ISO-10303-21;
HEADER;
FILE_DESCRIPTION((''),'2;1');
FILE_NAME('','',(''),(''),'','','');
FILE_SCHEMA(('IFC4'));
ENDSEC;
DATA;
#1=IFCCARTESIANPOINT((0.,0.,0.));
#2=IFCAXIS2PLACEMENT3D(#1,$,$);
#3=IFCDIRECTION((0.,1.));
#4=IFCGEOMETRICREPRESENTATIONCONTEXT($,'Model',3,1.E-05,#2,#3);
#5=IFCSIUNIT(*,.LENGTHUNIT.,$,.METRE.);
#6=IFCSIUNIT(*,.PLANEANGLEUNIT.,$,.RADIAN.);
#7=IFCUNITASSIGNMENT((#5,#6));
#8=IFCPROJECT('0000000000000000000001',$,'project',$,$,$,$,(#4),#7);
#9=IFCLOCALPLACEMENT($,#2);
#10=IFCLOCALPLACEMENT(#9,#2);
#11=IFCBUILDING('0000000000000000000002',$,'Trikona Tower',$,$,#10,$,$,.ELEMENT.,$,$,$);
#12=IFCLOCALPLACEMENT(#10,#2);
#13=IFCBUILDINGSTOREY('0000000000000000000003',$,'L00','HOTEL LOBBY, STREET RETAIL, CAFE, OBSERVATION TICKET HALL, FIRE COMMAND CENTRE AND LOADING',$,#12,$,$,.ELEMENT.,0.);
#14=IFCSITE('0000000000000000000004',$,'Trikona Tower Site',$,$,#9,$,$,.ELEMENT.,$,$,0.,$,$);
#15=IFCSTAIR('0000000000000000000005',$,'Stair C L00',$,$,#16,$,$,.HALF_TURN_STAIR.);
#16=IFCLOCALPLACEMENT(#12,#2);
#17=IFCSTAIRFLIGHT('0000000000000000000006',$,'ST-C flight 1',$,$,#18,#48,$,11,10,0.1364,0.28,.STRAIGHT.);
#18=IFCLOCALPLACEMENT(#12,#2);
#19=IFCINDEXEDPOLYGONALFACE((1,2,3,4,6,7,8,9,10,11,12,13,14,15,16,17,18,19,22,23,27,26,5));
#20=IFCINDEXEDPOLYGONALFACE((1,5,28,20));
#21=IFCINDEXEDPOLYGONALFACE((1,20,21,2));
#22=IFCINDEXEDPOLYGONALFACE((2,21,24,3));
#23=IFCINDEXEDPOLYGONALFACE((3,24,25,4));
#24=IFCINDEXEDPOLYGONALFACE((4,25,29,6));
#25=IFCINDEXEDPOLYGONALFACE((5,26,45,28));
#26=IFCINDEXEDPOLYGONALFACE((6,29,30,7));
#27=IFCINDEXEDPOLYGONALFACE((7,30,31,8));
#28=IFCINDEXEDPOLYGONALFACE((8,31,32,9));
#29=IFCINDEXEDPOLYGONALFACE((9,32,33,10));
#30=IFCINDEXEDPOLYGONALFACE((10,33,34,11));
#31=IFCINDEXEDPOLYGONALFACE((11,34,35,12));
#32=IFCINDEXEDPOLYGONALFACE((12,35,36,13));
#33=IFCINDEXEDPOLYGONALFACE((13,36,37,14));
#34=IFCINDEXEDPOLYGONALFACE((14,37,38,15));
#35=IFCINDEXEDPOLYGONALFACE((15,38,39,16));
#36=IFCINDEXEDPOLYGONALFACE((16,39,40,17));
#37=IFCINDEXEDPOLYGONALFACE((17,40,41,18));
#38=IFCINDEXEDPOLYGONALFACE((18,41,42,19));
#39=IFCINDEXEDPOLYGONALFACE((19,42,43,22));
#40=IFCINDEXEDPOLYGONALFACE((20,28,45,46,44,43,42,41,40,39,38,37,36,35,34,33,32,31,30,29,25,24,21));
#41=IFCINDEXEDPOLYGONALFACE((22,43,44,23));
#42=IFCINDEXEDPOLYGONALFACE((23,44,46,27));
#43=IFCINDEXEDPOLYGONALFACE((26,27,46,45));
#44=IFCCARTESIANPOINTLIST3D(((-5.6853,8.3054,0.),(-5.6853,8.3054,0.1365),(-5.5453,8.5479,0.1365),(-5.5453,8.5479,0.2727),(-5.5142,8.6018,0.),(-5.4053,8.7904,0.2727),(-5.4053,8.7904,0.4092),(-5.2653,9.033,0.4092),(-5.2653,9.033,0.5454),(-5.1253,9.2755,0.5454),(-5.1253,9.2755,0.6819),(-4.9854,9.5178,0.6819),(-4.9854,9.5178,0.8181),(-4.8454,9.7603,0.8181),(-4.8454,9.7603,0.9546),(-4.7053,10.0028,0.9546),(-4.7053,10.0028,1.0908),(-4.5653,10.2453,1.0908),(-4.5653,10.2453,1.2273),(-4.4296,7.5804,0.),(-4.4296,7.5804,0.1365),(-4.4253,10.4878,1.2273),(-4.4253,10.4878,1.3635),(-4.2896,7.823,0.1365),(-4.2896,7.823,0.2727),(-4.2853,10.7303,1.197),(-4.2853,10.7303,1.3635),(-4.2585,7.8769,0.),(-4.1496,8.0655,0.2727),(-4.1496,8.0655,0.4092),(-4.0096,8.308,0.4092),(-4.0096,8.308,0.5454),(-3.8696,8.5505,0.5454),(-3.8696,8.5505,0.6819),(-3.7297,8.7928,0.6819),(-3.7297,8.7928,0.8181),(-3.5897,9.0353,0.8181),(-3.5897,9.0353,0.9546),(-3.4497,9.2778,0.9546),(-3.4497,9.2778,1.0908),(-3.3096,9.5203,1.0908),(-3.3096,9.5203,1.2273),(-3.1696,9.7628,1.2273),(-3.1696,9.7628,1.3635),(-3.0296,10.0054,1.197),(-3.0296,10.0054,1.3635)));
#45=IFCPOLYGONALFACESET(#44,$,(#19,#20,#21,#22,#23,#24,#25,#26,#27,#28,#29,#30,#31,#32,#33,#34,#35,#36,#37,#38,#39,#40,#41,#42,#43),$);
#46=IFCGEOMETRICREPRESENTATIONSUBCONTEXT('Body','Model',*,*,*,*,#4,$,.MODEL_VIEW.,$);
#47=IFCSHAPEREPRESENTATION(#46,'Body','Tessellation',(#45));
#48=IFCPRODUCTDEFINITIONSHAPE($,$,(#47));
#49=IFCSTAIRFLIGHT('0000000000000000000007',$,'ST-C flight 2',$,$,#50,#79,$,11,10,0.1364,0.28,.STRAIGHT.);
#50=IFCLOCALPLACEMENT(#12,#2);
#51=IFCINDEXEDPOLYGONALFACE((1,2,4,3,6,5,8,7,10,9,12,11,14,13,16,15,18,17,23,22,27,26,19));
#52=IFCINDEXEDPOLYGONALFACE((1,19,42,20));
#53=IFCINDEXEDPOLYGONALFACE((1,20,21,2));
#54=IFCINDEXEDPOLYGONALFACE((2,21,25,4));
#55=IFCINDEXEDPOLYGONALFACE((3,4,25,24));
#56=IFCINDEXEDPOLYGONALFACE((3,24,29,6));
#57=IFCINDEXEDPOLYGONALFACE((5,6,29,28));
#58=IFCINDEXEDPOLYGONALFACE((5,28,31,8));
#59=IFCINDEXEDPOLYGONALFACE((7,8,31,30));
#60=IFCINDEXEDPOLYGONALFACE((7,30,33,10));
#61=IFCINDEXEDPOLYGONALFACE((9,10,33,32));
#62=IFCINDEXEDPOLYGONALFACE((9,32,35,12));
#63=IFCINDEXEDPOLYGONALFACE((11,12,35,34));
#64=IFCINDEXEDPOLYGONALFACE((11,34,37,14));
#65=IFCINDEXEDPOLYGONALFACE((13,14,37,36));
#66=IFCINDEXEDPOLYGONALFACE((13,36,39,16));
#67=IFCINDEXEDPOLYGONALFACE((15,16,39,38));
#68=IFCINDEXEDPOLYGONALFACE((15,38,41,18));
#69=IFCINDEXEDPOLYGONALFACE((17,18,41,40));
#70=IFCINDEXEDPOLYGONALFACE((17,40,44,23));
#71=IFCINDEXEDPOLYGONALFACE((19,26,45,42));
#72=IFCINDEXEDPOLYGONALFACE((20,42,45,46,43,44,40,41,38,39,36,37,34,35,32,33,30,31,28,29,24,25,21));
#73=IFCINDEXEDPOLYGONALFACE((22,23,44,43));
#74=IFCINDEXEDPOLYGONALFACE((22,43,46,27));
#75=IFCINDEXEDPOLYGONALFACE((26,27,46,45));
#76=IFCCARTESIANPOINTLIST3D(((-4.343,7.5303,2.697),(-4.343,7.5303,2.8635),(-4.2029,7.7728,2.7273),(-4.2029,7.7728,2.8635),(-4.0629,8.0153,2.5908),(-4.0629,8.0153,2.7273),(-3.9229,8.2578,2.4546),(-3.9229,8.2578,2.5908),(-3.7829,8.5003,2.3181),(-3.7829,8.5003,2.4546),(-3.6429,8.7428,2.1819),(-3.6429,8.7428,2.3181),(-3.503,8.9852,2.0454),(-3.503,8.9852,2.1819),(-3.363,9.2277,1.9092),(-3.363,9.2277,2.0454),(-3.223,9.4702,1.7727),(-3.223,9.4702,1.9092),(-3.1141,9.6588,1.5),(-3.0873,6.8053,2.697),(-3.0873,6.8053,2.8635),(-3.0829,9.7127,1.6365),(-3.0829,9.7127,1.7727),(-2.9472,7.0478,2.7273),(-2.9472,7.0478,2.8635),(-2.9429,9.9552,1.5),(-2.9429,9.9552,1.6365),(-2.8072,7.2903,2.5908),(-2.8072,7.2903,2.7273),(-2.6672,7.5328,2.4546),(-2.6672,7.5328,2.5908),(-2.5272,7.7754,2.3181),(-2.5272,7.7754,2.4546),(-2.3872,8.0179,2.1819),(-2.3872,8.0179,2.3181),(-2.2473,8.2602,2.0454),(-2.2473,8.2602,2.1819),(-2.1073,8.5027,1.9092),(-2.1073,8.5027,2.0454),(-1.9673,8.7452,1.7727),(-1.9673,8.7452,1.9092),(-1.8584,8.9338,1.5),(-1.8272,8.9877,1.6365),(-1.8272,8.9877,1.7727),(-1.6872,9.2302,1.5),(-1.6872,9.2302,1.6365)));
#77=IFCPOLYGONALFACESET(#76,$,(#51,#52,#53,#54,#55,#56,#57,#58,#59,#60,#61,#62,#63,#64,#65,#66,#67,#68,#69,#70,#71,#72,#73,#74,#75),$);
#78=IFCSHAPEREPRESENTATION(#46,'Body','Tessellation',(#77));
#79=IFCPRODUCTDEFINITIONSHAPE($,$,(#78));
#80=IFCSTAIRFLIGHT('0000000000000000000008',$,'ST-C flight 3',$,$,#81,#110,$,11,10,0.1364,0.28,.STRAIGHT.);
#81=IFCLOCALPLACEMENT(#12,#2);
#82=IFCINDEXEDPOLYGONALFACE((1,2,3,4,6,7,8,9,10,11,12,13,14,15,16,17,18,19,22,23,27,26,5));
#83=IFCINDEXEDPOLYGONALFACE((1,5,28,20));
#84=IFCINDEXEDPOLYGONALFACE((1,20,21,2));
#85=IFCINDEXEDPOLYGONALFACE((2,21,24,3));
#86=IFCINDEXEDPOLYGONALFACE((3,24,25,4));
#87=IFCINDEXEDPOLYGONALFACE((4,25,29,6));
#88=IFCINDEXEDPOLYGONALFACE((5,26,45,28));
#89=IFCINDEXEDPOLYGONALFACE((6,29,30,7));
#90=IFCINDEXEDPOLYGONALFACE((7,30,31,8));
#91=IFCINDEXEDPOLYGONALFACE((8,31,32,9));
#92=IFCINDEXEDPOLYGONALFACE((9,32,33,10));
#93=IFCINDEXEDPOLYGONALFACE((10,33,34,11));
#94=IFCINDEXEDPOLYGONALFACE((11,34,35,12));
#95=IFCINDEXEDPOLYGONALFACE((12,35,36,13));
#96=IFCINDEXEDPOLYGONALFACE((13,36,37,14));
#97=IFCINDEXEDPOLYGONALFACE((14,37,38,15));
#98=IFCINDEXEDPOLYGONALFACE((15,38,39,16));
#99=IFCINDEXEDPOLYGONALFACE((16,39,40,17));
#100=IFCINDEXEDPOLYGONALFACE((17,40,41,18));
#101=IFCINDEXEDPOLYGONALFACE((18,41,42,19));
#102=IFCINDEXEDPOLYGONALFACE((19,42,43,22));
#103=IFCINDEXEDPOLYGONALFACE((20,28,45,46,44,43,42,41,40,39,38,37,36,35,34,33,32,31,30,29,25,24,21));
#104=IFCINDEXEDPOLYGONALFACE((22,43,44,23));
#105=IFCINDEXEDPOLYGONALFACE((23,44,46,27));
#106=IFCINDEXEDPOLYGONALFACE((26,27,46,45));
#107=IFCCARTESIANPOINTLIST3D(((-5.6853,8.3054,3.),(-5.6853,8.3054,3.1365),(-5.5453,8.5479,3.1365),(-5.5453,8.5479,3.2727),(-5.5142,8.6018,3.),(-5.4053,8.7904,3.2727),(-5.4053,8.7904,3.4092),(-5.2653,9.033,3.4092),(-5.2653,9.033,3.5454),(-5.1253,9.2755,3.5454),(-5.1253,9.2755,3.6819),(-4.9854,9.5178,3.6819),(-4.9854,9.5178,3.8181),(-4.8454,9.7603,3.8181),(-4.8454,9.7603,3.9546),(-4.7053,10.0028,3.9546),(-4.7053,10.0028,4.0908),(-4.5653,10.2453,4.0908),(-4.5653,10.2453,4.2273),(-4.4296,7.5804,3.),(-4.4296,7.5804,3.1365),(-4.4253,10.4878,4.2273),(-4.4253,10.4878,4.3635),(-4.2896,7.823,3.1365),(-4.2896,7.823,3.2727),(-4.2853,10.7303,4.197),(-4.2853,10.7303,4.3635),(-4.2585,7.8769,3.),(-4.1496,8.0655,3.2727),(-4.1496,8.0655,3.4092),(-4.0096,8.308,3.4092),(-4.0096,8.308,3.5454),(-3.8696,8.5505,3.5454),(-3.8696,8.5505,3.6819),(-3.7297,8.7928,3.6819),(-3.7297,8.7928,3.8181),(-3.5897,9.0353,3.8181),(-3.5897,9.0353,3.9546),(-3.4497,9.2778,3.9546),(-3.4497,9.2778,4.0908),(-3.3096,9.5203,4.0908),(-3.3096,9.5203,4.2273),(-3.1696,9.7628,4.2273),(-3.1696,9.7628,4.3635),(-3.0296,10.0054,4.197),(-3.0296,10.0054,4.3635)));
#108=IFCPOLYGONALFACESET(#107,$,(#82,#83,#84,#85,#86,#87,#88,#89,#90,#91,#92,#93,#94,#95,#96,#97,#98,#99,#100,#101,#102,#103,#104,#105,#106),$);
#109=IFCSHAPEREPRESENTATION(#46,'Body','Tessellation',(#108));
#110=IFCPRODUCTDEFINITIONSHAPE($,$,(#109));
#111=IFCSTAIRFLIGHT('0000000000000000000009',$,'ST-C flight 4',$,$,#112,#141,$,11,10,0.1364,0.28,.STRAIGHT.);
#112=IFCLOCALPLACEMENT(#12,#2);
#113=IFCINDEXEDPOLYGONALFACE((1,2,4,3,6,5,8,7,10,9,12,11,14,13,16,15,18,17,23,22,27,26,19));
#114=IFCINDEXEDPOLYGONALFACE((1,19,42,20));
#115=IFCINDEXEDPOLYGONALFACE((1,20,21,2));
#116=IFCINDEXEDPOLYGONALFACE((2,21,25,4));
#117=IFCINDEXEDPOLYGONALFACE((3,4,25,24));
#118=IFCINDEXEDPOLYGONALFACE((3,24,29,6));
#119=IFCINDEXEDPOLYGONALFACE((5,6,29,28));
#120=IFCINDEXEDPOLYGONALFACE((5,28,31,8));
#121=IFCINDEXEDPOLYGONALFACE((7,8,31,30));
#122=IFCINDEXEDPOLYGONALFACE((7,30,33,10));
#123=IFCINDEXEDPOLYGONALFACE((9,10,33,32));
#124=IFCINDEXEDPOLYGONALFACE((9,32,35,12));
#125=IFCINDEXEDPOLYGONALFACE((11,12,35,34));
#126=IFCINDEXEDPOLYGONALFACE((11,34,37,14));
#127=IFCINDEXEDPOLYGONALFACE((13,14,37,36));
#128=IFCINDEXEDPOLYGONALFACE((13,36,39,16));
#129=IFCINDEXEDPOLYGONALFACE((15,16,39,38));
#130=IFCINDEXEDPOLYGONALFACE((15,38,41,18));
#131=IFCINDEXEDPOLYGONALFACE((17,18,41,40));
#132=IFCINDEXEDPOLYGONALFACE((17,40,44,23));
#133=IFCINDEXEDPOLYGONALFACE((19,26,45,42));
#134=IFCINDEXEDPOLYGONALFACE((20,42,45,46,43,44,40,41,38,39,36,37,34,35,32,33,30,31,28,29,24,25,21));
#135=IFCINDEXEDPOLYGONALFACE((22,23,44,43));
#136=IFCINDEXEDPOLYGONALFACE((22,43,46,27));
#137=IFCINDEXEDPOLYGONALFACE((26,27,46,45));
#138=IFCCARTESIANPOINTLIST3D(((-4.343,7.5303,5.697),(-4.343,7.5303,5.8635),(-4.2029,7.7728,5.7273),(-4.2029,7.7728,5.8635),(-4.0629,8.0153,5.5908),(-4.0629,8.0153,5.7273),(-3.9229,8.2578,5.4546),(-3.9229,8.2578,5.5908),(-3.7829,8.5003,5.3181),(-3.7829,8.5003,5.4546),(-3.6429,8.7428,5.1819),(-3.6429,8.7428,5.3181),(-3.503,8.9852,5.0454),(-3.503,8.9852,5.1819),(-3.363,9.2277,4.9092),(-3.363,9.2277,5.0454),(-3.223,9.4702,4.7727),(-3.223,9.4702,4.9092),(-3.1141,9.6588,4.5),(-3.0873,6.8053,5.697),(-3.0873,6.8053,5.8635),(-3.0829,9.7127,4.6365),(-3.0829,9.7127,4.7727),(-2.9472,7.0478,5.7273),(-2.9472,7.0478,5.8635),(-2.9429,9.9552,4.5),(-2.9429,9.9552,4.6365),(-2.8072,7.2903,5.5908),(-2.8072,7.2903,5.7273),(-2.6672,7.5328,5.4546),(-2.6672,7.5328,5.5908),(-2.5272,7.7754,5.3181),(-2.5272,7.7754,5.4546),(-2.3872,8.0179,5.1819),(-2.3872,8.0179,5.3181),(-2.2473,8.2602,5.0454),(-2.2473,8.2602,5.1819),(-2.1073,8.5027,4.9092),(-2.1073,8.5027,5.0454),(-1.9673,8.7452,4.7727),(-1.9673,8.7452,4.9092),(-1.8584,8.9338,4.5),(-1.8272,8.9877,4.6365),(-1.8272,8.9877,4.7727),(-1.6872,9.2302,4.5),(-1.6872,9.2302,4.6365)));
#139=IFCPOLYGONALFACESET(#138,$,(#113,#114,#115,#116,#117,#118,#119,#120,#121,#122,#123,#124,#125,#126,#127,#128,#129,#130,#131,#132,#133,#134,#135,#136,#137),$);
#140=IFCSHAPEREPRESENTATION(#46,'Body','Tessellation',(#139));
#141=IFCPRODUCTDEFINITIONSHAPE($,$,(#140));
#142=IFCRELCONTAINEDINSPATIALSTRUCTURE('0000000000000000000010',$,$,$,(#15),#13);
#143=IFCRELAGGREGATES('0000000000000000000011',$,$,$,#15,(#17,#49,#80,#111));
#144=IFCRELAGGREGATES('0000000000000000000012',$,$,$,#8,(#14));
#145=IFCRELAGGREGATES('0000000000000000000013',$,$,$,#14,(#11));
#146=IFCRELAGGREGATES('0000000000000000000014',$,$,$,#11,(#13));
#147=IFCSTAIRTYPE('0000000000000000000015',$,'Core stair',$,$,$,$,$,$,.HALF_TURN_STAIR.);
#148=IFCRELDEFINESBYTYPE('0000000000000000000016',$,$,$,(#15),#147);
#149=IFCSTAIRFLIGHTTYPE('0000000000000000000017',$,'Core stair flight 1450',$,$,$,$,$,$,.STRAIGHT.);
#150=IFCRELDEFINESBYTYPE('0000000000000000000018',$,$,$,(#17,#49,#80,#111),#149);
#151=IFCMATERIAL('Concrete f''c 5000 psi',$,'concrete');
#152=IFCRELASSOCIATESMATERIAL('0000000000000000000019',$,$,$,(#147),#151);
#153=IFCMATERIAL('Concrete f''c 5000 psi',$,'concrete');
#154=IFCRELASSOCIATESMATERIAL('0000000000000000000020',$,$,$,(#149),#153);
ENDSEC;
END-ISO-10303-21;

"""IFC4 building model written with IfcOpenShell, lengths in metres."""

from ifc_helpers import new_model, si_unit, direction, frame, origin, place, context, subcontext, project, spatial, polyline, outline, extrude, material, type_object, element, aggregate, save


model = new_model("IFC4")

# Units and contexts
model_context = context("Model", 3, precision=1e-05, world=origin(), true_north=direction((0.0, 1.0)))
body_context = subcontext(model_context, "Body", "Model", "MODEL_VIEW")
ifc_project = project(units=[si_unit("LENGTHUNIT", "METRE"), si_unit("PLANEANGLEUNIT", "RADIAN")], contexts=[model_context])

# Site, building, storey
site_placement = place(None, origin())
site = spatial("IfcSite", under=ifc_project, at=site_placement, Name="Trikona Tower Site", CompositionType="ELEMENT", RefElevation=0.0)
building_placement = place(site_placement, origin())
building = spatial("IfcBuilding", under=site, at=building_placement, Name="Trikona Tower", CompositionType="ELEMENT")
storey_placement = place(building_placement, origin())
storey = spatial("IfcBuildingStorey", under=building, at=storey_placement, Name="L00", Description="HOTEL LOBBY, STREET RETAIL, CAFE, OBSERVATION TICKET HALL, FIRE COMMAND CENTRE AND LOADING", CompositionType="ELEMENT", Elevation=0.0)

# Stair, stair flights
ifc_material_1 = material(Name="Concrete f'c 5000 psi", Category="concrete")
stair_type = type_object("IfcStairType", Name="Core stair", PredefinedType="HALF_TURN_STAIR", material=ifc_material_1)
stair_placement = place(storey_placement, origin())
stair = element("IfcStair", 1, at=stair_placement, inside=storey, type_object=stair_type, Name="Stair C L00", PredefinedType="HALF_TURN_STAIR")
ifc_material_2 = material(Name="Concrete f'c 5000 psi", Category="concrete")
stair_flight_type = type_object("IfcStairFlightType", Name="Core stair flight 1450", PredefinedType="STRAIGHT", material=ifc_material_2)
stair_flight_1_placement = place(storey_placement, frame((-5.0574, 7.9429, 0.0), z_axis=(0.0, 0.0, 1.0), x_axis=(0.5, 0.866025, 0.0)))
stair_flight_1 = element("IfcStairFlight", 2, at=stair_flight_1_placement, type_object=stair_flight_type, Name="ST-C flight 1", NumberOfRisers=11, NumberOfTreads=10, PredefinedType="STRAIGHT", RiserHeight=0.1364, TreadLength=0.28, context=body_context, shape_type="SweptSolid", body=[
    extrude(outline(polyline([(0.0, 0.0), (0.0, 0.1365), (0.28, 0.1365), (0.28, 0.2727), (0.5601, 0.2727), (0.5601, 0.4092), (0.8401, 0.4092), (0.8401, 0.5454), (1.1201, 0.5454), (1.1201, 0.6819), (1.3999, 0.6819), (1.3999, 0.8181), (1.6799, 0.8181), (1.6799, 0.9546), (1.96, 0.9546), (1.96, 1.0908), (2.24, 1.0908), (2.24, 1.2273), (2.52, 1.2273), (2.52, 1.3635), (2.8, 1.3635), (2.8, 1.5), (2.8, 1.197), (0.3423, 0.0), (0.0, 0.0)])), frame((0.0, 0.7251, 0.0), z_axis=(0.0, -1.0, 0.0), x_axis=(1.0, 0.0, 0.0)), (0.0, 0.0, 1.0), 1.45),
])
stair_flight_2_placement = place(storey_placement, frame((-2.3152, 9.5928, 1.5), z_axis=(0.0, 0.0, 1.0), x_axis=(-0.5, -0.866025, 0.0)))
stair_flight_2 = element("IfcStairFlight", 3, at=stair_flight_2_placement, type_object=stair_flight_type, Name="ST-C flight 2", NumberOfRisers=11, NumberOfTreads=10, PredefinedType="STRAIGHT", RiserHeight=0.1364, TreadLength=0.28, context=body_context, shape_type="SweptSolid", body=[
    extrude(outline(polyline([(0.0, 0.0), (0.0, 0.1365), (0.28, 0.1365), (0.28, 0.2727), (0.5601, 0.2727), (0.5601, 0.4092), (0.8401, 0.4092), (0.8401, 0.5454), (1.1201, 0.5454), (1.1201, 0.6819), (1.3999, 0.6819), (1.3999, 0.8181), (1.6799, 0.8181), (1.6799, 0.9546), (1.96, 0.9546), (1.96, 1.0908), (2.24, 1.0908), (2.24, 1.2273), (2.52, 1.2273), (2.52, 1.3635), (2.8, 1.3635), (2.8, 1.5), (2.8, 1.197), (0.3423, 0.0), (0.0, 0.0)])), frame((0.0, 0.7251, 0.0), z_axis=(0.0, -1.0, 0.0), x_axis=(1.0, 0.0, 0.0)), (0.0, 0.0, 1.0), 1.45),
])
stair_flight_3_placement = place(storey_placement, frame((-5.0574, 7.9429, 3.0), z_axis=(0.0, 0.0, 1.0), x_axis=(0.5, 0.866025, 0.0)))
stair_flight_3 = element("IfcStairFlight", 4, at=stair_flight_3_placement, type_object=stair_flight_type, Name="ST-C flight 3", NumberOfRisers=11, NumberOfTreads=10, PredefinedType="STRAIGHT", RiserHeight=0.1364, TreadLength=0.28, context=body_context, shape_type="SweptSolid", body=[
    extrude(outline(polyline([(0.0, 0.0), (0.0, 0.1365), (0.28, 0.1365), (0.28, 0.2727), (0.5601, 0.2727), (0.5601, 0.4092), (0.8401, 0.4092), (0.8401, 0.5454), (1.1201, 0.5454), (1.1201, 0.6819), (1.3999, 0.6819), (1.3999, 0.8181), (1.6799, 0.8181), (1.6799, 0.9546), (1.96, 0.9546), (1.96, 1.0908), (2.24, 1.0908), (2.24, 1.2273), (2.52, 1.2273), (2.52, 1.3635), (2.8, 1.3635), (2.8, 1.5), (2.8, 1.197), (0.3423, 0.0), (0.0, 0.0)])), frame((0.0, 0.7251, 0.0), z_axis=(0.0, -1.0, 0.0), x_axis=(1.0, 0.0, 0.0)), (0.0, 0.0, 1.0), 1.45),
])
stair_flight_4_placement = place(storey_placement, frame((-2.3152, 9.5928, 4.5), z_axis=(0.0, 0.0, 1.0), x_axis=(-0.5, -0.866025, 0.0)))
stair_flight_4 = element("IfcStairFlight", 5, at=stair_flight_4_placement, type_object=stair_flight_type, Name="ST-C flight 4", NumberOfRisers=11, NumberOfTreads=10, PredefinedType="STRAIGHT", RiserHeight=0.1364, TreadLength=0.28, context=body_context, shape_type="SweptSolid", body=[
    extrude(outline(polyline([(0.0, 0.0), (0.0, 0.1365), (0.28, 0.1365), (0.28, 0.2727), (0.5601, 0.2727), (0.5601, 0.4092), (0.8401, 0.4092), (0.8401, 0.5454), (1.1201, 0.5454), (1.1201, 0.6819), (1.3999, 0.6819), (1.3999, 0.8181), (1.6799, 0.8181), (1.6799, 0.9546), (1.96, 0.9546), (1.96, 1.0908), (2.24, 1.0908), (2.24, 1.2273), (2.52, 1.2273), (2.52, 1.3635), (2.8, 1.3635), (2.8, 1.5), (2.8, 1.197), (0.3423, 0.0), (0.0, 0.0)])), frame((0.0, 0.7251, 0.0), z_axis=(0.0, -1.0, 0.0), x_axis=(1.0, 0.0, 0.0)), (0.0, 0.0, 1.0), 1.45),
])
aggregate(stair, [stair_flight_1, stair_flight_2, stair_flight_3, stair_flight_4])

save(model, "model.ifc")
